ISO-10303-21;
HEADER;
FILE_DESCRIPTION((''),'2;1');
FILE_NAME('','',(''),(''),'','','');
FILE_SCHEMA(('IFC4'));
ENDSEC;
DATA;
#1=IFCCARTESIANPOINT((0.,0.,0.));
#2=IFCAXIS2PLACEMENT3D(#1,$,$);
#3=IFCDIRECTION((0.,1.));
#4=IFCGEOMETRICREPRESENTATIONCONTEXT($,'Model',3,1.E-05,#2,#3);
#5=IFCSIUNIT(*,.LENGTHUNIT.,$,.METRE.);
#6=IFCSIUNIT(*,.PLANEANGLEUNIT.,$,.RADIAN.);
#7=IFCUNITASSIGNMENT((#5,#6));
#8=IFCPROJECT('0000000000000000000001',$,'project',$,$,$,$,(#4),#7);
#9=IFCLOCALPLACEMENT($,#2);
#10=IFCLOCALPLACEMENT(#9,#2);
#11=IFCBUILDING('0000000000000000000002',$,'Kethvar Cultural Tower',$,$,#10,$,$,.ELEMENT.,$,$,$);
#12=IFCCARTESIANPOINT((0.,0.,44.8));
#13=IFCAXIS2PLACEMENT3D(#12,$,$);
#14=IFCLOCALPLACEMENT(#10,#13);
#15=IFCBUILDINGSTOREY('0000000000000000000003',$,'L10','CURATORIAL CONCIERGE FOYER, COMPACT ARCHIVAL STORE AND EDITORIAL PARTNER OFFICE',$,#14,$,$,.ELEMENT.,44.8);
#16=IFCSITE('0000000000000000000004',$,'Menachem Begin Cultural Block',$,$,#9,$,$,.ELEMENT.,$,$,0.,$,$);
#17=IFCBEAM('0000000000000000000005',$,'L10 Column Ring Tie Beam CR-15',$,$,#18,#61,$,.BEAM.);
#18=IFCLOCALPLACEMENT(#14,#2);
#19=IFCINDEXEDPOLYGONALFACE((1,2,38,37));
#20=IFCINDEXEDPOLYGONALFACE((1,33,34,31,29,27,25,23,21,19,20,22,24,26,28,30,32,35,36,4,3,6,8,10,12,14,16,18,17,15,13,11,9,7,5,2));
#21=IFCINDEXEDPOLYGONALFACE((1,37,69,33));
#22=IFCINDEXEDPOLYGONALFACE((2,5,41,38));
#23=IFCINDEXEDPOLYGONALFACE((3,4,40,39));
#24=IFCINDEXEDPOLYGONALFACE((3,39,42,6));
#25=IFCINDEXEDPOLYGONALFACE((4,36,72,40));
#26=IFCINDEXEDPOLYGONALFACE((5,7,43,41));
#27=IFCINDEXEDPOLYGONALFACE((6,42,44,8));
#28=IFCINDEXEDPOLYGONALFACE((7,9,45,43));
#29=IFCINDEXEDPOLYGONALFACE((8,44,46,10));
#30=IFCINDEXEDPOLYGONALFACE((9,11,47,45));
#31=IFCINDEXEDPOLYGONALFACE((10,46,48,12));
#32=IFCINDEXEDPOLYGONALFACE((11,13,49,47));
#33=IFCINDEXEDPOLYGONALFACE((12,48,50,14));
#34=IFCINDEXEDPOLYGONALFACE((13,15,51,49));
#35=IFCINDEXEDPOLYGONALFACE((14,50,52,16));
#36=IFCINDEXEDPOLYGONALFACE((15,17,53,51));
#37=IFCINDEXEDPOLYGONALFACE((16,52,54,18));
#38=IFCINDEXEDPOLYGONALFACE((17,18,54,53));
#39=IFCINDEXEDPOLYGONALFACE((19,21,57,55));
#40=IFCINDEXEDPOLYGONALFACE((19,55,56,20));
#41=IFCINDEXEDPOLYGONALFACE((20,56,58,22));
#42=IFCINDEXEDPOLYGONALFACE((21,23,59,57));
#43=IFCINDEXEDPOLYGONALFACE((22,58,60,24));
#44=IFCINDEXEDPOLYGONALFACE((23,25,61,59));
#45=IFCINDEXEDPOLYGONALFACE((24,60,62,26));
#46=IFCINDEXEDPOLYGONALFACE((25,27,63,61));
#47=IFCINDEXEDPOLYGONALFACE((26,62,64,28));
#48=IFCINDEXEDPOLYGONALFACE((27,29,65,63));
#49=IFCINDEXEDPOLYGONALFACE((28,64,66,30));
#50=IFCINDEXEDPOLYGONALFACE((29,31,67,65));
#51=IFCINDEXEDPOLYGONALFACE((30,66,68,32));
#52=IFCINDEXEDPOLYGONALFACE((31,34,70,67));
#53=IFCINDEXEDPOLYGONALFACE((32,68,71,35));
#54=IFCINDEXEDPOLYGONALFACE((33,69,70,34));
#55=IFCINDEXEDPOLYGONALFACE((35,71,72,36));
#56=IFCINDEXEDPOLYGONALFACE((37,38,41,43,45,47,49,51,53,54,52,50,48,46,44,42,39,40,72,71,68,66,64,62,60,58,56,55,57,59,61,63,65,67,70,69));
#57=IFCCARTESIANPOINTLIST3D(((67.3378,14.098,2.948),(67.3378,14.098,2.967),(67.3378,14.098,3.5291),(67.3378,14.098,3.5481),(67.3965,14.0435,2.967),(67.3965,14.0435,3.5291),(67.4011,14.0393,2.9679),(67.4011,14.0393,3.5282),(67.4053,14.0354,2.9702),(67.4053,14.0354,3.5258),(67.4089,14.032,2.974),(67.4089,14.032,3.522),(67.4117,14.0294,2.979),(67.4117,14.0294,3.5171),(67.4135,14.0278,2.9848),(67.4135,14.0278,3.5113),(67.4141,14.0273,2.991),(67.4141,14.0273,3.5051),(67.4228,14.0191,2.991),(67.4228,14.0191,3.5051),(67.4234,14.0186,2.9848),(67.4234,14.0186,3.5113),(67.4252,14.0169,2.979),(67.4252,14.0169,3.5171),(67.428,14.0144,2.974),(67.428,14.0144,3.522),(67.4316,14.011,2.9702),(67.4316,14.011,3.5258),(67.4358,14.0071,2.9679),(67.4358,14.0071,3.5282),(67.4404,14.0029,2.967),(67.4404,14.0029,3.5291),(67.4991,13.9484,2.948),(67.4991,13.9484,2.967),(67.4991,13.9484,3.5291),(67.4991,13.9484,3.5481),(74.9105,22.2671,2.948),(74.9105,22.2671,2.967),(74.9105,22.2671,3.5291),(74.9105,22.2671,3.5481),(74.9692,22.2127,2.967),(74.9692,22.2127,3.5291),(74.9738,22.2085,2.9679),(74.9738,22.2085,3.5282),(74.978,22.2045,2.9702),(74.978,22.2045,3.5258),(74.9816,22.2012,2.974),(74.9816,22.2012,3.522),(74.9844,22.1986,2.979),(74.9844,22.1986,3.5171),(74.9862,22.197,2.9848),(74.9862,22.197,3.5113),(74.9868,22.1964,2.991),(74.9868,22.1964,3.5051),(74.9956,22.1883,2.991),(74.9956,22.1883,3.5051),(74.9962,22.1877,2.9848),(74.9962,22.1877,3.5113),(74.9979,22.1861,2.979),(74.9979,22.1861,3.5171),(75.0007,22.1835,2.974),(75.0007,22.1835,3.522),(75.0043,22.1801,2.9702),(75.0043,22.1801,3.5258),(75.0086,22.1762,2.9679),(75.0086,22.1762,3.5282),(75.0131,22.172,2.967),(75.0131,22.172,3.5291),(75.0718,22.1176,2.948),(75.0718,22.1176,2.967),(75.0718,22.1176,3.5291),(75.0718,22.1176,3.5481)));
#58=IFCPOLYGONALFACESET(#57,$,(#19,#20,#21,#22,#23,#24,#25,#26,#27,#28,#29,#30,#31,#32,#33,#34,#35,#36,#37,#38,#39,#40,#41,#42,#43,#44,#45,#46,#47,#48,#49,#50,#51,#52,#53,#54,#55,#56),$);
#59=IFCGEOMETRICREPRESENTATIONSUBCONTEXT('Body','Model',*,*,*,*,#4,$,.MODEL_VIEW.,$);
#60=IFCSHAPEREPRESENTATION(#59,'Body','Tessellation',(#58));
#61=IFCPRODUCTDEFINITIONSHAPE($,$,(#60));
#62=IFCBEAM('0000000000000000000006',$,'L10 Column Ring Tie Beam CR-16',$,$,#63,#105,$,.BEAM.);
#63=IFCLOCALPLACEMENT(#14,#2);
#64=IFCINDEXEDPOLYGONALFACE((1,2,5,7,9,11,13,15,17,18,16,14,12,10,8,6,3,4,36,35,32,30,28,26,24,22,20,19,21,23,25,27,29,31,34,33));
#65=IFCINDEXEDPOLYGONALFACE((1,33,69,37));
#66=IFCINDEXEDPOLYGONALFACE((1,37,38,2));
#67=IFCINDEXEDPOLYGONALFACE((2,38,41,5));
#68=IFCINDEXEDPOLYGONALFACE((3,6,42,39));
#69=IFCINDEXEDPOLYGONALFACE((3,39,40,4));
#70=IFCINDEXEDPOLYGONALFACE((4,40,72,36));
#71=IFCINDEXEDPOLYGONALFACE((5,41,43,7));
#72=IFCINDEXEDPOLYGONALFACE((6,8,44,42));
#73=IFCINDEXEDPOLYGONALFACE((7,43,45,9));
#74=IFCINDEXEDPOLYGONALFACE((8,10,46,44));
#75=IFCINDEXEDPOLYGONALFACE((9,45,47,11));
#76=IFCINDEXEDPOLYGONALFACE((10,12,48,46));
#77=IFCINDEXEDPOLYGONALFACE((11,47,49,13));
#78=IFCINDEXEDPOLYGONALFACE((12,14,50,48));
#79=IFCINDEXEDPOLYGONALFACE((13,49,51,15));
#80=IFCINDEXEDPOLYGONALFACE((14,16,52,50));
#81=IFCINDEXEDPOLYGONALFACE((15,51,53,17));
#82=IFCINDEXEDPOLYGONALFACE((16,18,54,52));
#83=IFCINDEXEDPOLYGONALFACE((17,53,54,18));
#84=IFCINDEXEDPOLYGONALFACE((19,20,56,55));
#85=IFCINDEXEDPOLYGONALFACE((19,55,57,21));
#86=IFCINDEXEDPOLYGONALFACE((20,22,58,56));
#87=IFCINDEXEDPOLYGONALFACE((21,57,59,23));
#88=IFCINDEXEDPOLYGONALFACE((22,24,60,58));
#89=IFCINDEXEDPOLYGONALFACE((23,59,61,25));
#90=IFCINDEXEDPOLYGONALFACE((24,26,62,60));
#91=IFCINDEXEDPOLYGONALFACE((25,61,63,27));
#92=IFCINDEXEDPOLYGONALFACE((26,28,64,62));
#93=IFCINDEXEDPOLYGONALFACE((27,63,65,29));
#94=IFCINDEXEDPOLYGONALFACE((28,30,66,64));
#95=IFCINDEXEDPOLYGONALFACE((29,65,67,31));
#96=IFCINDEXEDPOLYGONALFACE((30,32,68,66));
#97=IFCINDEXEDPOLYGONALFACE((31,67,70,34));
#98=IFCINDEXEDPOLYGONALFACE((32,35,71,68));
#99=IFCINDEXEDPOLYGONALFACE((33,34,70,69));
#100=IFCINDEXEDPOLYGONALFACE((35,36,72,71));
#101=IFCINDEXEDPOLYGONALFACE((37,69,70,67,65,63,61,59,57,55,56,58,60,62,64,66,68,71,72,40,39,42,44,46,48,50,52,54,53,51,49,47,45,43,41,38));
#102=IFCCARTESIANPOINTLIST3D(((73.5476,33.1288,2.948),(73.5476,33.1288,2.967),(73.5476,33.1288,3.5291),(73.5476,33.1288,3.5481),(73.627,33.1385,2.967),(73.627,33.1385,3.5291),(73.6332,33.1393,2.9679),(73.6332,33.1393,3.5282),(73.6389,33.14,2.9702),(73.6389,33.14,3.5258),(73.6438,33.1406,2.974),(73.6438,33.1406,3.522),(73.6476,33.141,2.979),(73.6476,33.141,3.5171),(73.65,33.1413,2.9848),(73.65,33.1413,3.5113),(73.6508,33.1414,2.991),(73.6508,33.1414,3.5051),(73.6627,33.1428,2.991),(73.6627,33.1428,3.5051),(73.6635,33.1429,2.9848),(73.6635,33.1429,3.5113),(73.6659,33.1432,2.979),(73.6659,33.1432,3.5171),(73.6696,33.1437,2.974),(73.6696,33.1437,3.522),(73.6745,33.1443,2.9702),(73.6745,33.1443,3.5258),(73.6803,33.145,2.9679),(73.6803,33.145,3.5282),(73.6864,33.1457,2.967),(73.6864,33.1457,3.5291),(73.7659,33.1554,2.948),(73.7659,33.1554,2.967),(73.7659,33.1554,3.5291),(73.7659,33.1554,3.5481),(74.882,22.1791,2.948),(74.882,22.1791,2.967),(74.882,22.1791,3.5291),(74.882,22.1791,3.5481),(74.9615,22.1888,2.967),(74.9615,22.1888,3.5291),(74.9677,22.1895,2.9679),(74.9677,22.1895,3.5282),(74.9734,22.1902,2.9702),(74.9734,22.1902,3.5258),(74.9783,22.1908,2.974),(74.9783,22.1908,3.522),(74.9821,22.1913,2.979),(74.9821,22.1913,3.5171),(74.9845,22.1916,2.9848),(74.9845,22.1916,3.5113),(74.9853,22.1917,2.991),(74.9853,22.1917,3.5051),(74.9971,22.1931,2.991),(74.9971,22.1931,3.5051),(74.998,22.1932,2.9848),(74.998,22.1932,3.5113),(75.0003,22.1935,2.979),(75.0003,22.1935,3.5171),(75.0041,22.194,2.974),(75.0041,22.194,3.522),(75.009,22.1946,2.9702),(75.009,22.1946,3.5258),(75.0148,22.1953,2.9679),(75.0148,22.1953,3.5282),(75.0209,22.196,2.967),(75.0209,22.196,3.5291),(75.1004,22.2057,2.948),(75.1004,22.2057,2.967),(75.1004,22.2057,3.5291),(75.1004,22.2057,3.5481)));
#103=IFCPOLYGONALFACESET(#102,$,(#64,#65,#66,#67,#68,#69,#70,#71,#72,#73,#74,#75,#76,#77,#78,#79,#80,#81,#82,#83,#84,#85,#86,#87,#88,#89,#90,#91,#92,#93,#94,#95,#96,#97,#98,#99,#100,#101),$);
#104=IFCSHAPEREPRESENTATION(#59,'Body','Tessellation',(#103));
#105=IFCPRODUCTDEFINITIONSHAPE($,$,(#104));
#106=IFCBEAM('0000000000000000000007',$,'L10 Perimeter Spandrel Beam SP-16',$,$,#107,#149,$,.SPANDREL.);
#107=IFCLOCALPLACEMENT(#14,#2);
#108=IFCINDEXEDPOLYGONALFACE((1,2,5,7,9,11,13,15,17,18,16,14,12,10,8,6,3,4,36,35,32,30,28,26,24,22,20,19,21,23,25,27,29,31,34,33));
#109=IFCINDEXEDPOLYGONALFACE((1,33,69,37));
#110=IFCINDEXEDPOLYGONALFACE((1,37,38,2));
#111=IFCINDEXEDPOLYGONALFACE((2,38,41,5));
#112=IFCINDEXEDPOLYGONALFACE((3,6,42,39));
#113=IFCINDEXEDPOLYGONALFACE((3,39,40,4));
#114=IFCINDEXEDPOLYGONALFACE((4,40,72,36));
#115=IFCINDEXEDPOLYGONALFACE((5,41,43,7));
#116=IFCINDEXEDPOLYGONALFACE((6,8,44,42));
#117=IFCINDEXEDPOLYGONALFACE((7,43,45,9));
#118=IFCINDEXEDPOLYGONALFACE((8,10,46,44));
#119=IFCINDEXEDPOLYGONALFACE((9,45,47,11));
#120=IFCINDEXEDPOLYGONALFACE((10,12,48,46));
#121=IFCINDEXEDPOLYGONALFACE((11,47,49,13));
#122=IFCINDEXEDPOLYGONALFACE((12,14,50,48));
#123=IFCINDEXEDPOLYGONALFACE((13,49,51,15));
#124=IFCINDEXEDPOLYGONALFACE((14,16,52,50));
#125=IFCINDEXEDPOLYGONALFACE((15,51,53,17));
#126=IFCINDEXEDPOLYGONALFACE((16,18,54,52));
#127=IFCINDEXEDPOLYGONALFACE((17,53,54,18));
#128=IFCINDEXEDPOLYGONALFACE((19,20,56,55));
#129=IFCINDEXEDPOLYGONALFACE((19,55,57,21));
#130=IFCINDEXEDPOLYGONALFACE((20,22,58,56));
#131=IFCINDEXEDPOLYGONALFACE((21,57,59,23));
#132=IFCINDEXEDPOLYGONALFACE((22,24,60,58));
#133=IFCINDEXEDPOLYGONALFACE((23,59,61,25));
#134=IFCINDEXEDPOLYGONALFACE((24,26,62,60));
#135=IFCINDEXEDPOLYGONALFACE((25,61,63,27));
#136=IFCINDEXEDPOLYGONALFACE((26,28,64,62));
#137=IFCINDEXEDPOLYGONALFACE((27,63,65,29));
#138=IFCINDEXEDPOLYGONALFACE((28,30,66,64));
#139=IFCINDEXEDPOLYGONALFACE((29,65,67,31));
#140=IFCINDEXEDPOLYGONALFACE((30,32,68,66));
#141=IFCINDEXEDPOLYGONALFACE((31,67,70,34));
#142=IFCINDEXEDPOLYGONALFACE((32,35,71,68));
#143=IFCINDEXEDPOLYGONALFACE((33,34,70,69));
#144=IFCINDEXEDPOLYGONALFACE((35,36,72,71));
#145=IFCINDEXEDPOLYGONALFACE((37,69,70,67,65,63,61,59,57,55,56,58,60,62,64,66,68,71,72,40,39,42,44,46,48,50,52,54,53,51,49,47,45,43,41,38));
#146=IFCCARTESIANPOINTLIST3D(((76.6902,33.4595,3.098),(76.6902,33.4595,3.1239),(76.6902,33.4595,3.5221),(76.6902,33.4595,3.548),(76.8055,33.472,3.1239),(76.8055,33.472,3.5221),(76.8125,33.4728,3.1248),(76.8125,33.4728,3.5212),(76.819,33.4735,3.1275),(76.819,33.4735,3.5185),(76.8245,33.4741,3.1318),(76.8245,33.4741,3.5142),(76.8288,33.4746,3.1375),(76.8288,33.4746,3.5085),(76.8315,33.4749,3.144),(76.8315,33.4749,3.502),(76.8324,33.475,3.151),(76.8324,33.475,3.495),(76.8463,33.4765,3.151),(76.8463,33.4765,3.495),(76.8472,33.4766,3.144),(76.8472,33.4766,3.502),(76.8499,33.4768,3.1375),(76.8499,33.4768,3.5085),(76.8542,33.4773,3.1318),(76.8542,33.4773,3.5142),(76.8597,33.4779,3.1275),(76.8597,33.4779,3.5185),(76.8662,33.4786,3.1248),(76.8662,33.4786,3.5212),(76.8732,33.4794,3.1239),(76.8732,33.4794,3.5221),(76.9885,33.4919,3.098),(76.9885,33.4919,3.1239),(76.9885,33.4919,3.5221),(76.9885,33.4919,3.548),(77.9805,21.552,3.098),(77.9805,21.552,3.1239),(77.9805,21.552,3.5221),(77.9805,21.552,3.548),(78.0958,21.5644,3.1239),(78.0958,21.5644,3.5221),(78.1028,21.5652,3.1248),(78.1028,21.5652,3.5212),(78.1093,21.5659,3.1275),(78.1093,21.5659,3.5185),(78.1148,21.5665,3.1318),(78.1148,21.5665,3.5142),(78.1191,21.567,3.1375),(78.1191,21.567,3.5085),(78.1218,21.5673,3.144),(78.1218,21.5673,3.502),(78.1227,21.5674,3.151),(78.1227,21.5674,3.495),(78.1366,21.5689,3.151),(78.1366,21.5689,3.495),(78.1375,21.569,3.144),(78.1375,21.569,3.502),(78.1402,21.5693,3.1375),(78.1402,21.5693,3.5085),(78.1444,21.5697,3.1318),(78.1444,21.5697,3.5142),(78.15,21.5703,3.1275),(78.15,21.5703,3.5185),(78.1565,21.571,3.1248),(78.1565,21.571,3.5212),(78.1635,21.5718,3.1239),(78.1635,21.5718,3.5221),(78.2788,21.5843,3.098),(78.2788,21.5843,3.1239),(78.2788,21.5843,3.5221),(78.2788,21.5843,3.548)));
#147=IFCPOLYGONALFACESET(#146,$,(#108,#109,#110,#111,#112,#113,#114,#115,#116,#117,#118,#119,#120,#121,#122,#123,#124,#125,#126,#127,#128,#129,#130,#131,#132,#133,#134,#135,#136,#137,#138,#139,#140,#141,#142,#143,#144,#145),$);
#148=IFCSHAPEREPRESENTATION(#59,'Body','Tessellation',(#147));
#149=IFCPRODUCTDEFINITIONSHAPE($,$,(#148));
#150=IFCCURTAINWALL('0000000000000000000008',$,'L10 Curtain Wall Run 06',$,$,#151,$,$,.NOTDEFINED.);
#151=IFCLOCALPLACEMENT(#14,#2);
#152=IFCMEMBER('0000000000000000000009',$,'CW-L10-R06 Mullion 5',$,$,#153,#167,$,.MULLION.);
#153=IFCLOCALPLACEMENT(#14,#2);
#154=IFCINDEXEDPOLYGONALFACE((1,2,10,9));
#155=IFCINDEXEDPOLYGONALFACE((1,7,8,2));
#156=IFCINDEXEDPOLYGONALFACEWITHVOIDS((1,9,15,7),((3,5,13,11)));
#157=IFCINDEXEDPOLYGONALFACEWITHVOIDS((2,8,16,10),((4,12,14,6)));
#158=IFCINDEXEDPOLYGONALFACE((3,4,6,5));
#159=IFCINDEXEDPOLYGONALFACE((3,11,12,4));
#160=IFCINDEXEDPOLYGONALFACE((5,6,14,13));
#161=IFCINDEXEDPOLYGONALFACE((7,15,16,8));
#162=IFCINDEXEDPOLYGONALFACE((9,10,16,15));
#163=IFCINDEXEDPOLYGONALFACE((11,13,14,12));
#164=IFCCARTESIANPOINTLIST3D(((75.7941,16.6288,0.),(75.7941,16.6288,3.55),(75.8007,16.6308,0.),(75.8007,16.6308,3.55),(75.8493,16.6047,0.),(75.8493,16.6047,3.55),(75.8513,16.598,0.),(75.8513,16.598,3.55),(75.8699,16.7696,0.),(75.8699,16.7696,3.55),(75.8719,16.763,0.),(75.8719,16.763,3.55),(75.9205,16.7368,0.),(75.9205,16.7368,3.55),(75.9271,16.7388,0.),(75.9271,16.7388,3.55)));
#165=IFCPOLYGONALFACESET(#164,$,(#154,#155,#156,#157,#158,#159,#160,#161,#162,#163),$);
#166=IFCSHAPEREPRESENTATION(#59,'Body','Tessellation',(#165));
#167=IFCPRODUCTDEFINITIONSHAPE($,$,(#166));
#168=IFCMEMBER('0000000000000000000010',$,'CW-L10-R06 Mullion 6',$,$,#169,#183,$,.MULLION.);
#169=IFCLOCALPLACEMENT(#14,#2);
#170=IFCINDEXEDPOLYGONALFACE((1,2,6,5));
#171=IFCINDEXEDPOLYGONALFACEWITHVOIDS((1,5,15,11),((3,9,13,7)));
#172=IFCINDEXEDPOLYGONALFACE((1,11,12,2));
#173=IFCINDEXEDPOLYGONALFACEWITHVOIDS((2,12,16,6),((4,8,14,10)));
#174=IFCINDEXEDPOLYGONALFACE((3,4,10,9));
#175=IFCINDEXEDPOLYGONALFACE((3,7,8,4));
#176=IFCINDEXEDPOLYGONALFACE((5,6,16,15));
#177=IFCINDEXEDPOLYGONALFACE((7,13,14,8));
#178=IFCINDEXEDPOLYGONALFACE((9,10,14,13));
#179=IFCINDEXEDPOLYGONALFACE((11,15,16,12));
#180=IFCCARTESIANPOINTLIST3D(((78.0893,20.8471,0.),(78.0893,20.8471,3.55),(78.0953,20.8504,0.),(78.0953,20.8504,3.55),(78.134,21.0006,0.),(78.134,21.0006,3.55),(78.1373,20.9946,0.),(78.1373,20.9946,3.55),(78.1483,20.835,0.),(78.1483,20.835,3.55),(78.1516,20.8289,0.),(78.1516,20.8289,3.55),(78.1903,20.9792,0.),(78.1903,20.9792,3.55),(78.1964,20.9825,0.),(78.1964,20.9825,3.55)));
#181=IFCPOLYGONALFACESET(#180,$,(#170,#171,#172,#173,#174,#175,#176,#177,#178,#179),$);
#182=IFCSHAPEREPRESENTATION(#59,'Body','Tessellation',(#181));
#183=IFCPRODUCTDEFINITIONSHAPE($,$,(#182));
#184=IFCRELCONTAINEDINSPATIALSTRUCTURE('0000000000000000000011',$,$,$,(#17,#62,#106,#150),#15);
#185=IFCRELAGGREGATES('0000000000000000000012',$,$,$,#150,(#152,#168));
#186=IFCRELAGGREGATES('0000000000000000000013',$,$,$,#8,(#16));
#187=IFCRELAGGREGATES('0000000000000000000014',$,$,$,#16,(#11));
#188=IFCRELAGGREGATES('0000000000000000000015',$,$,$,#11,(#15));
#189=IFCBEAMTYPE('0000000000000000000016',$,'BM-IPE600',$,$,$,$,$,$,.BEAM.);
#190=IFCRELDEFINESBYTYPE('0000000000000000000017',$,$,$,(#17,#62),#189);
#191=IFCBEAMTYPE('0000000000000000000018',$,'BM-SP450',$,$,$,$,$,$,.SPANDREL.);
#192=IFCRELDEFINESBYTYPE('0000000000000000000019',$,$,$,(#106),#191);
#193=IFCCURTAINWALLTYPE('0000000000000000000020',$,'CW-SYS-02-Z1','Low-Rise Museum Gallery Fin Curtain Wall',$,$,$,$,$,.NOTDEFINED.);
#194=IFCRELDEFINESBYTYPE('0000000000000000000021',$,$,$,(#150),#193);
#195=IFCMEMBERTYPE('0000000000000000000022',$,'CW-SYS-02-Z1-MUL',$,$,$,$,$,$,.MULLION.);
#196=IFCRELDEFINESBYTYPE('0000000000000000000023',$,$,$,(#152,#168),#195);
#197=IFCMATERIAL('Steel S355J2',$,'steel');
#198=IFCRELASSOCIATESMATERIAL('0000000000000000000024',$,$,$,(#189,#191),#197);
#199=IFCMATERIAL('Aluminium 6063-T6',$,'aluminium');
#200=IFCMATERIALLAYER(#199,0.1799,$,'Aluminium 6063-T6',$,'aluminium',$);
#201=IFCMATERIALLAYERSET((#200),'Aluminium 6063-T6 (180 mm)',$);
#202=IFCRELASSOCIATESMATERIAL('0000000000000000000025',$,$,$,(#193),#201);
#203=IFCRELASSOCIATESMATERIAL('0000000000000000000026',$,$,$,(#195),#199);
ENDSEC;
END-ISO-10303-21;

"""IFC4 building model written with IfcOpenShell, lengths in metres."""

from ifc_helpers import new_model, si_unit, direction, frame, origin, origin_2d, place, context, subcontext, project, spatial, hollow_rectangle, i_section, extrude, source, transform, mapped, material, layer, layer_set, material_profile, profile_set, type_object, element, aggregate, save


model = new_model("IFC4")

# Units and contexts
model_context = context("Model", 3, precision=1e-05, world=origin(), true_north=direction((0.0, 1.0)))
body_context = subcontext(model_context, "Body", "Model", "MODEL_VIEW")
ifc_project = project(units=[si_unit("LENGTHUNIT", "METRE"), si_unit("PLANEANGLEUNIT", "RADIAN")], contexts=[model_context])

# Site, building, storey
site_placement = place(None, origin())
site = spatial("IfcSite", under=ifc_project, at=site_placement, Name="Menachem Begin Cultural Block", CompositionType="ELEMENT", RefElevation=0.0)
building_placement = place(site_placement, origin())
building = spatial("IfcBuilding", under=site, at=building_placement, Name="Kethvar Cultural Tower", CompositionType="ELEMENT")
storey_placement = place(building_placement, frame((0.0, 0.0, 44.8)))
storey = spatial("IfcBuildingStorey", under=building, at=storey_placement, Name="L10", Description="CURATORIAL CONCIERGE FOYER, COMPACT ARCHIVAL STORE AND EDITORIAL PARTNER OFFICE", CompositionType="ELEMENT", Elevation=44.8)

# Beams
ifc_material_1 = material(Name="Steel S355J2", Category="steel")
ifc_material_profile_1 = material_profile(ifc_material_1, i_section(OverallWidth=0.22, OverallDepth=0.6001, WebThickness=0.012, FlangeThickness=0.019, FilletRadius=0.0239, at=origin_2d()), Name="Steel S355J2 — IPE600")
ifc_profile_set_1 = profile_set([ifc_material_profile_1], Name="Steel S355J2 — IPE600")
beam_type_1 = type_object("IfcBeamType", Name="BM-IPE600", PredefinedType="BEAM", material=ifc_profile_set_1)
shared_shape_1 = source(origin(), body_context, "Body", "SweptSolid", [
    extrude(i_section(OverallWidth=0.22, OverallDepth=0.6001, WebThickness=0.012, FlangeThickness=0.019, FilletRadius=0.0239, at=origin_2d()), origin(), (0.0, 0.0, 1.0), 11.1392),
])
beam_1_placement = place(storey_placement, frame((67.4185, 14.0232, 3.248), z_axis=(0.679828, 0.733372, 0.0), x_axis=(-0.733372, 0.679828, 0.0)))
element("IfcBeam", 1, at=beam_1_placement, inside=storey, type_object=beam_type_1, Name="L10 Column Ring Tie Beam CR-15", PredefinedType="BEAM", context=body_context, shape_type="MappedRepresentation", body=[
    mapped(shared_shape_1, transform((0.0, 0.0, 0.0), scale=1.0)),
])
shared_shape_2 = source(origin(), body_context, "Body", "SweptSolid", [
    extrude(i_section(OverallWidth=0.22, OverallDepth=0.6001, WebThickness=0.012, FlangeThickness=0.019, FilletRadius=0.0239, at=origin_2d()), origin(), (0.0, 0.0, 1.0), 11.0308),
])
beam_2_placement = place(storey_placement, frame((74.9912, 22.1924, 3.248), z_axis=(-0.120978, 0.992655, 0.0), x_axis=(-0.992655, -0.120978, 0.0)))
element("IfcBeam", 2, at=beam_2_placement, inside=storey, type_object=beam_type_1, Name="L10 Column Ring Tie Beam CR-16", PredefinedType="BEAM", context=body_context, shape_type="MappedRepresentation", body=[
    mapped(shared_shape_2, transform((0.0, 0.0, 0.0), scale=1.0)),
])
ifc_material_profile_2 = material_profile(ifc_material_1, i_section(OverallWidth=0.3, OverallDepth=0.45, WebThickness=0.0139, FlangeThickness=0.0259, FilletRadius=0.0271, at=origin_2d()), Name="Steel S355J2 — HEB450")
ifc_profile_set_2 = profile_set([ifc_material_profile_2], Name="Steel S355J2 — HEB450")
beam_type_2 = type_object("IfcBeamType", Name="BM-SP450", PredefinedType="SPANDREL", material=ifc_profile_set_2)
shared_shape_3 = source(origin(), body_context, "Body", "SweptSolid", [
    extrude(i_section(OverallWidth=0.3, OverallDepth=0.45, WebThickness=0.0139, FlangeThickness=0.0259, FilletRadius=0.0271, at=origin_2d()), origin(), (0.0, 0.0, 1.0), 11.9773),
])
beam_3_placement = place(storey_placement, frame((78.1296, 21.5681, 3.323), z_axis=(-0.107729, 0.99418, 0.0), x_axis=(-0.99418, -0.107729, 0.0)))
element("IfcBeam", 3, at=beam_3_placement, inside=storey, type_object=beam_type_2, Name="L10 Perimeter Spandrel Beam SP-16", PredefinedType="SPANDREL", context=body_context, shape_type="MappedRepresentation", body=[
    mapped(shared_shape_3, transform((0.0, 0.0, 0.0), scale=1.0)),
])

# Curtain wall, members
ifc_material_2 = material(Name="Aluminium 6063-T6", Category="aluminium")
ifc_layer_1 = layer(ifc_material_2, 0.1799, Name="Aluminium 6063-T6", Category="aluminium")
ifc_layer_set_1 = layer_set([ifc_layer_1], Name="Aluminium 6063-T6 (180 mm)")
curtain_wall_type = type_object("IfcCurtainWallType", Name="CW-SYS-02-Z1", Description="Low-Rise Museum Gallery Fin Curtain Wall", PredefinedType="NOTDEFINED", material=ifc_layer_set_1)
curtain_wall_1_placement = place(storey_placement, origin())
curtain_wall_1 = element("IfcCurtainWall", 4, at=curtain_wall_1_placement, inside=storey, type_object=curtain_wall_type, Name="L10 Curtain Wall Run 06", PredefinedType="NOTDEFINED")
ifc_material_profile_3 = material_profile(ifc_material_2, hollow_rectangle(XDim=0.0649, YDim=0.1599, WallThickness=0.0049, at=origin_2d()), Name="Aluminium 6063-T6 — RHS160x65x5")
ifc_profile_set_3 = profile_set([ifc_material_profile_3], Name="Aluminium 6063-T6 — RHS160x65x5")
member_type_1 = type_object("IfcMemberType", Name="CW-SYS-02-Z1-MUL", PredefinedType="MULLION", material=ifc_profile_set_3)
shared_shape_4 = source(origin(), body_context, "Body", "SweptSolid", [
    extrude(hollow_rectangle(XDim=0.0649, YDim=0.1599, WallThickness=0.0049, at=origin_2d()), origin(), (0.0, 0.0, 1.0), 3.55),
])
member_1_placement = place(storey_placement, frame((75.8606, 16.6838, 0.0), z_axis=(0.0, 0.0, 1.0), x_axis=(-0.88037, 0.474288, 0.0)))
member_1 = element("IfcMember", 5, at=member_1_placement, type_object=member_type_1, Name="CW-L10-R06 Mullion 5", PredefinedType="MULLION", context=body_context, shape_type="MappedRepresentation", body=[
    mapped(shared_shape_4, transform((0.0, 0.0, 0.0), scale=1.0)),
])
member_2_placement = place(storey_placement, frame((78.1428, 20.9148, 0.0), z_axis=(0.0, 0.0, 1.0), x_axis=(-0.960065, 0.279779, 0.0)))
member_2 = element("IfcMember", 6, at=member_2_placement, type_object=member_type_1, Name="CW-L10-R06 Mullion 6", PredefinedType="MULLION", context=body_context, shape_type="MappedRepresentation", body=[
    mapped(shared_shape_4, transform((0.0, 0.0, 0.0), scale=1.0)),
])

aggregate(curtain_wall_1, [member_1, member_2])

save(model, "model.ifc")
